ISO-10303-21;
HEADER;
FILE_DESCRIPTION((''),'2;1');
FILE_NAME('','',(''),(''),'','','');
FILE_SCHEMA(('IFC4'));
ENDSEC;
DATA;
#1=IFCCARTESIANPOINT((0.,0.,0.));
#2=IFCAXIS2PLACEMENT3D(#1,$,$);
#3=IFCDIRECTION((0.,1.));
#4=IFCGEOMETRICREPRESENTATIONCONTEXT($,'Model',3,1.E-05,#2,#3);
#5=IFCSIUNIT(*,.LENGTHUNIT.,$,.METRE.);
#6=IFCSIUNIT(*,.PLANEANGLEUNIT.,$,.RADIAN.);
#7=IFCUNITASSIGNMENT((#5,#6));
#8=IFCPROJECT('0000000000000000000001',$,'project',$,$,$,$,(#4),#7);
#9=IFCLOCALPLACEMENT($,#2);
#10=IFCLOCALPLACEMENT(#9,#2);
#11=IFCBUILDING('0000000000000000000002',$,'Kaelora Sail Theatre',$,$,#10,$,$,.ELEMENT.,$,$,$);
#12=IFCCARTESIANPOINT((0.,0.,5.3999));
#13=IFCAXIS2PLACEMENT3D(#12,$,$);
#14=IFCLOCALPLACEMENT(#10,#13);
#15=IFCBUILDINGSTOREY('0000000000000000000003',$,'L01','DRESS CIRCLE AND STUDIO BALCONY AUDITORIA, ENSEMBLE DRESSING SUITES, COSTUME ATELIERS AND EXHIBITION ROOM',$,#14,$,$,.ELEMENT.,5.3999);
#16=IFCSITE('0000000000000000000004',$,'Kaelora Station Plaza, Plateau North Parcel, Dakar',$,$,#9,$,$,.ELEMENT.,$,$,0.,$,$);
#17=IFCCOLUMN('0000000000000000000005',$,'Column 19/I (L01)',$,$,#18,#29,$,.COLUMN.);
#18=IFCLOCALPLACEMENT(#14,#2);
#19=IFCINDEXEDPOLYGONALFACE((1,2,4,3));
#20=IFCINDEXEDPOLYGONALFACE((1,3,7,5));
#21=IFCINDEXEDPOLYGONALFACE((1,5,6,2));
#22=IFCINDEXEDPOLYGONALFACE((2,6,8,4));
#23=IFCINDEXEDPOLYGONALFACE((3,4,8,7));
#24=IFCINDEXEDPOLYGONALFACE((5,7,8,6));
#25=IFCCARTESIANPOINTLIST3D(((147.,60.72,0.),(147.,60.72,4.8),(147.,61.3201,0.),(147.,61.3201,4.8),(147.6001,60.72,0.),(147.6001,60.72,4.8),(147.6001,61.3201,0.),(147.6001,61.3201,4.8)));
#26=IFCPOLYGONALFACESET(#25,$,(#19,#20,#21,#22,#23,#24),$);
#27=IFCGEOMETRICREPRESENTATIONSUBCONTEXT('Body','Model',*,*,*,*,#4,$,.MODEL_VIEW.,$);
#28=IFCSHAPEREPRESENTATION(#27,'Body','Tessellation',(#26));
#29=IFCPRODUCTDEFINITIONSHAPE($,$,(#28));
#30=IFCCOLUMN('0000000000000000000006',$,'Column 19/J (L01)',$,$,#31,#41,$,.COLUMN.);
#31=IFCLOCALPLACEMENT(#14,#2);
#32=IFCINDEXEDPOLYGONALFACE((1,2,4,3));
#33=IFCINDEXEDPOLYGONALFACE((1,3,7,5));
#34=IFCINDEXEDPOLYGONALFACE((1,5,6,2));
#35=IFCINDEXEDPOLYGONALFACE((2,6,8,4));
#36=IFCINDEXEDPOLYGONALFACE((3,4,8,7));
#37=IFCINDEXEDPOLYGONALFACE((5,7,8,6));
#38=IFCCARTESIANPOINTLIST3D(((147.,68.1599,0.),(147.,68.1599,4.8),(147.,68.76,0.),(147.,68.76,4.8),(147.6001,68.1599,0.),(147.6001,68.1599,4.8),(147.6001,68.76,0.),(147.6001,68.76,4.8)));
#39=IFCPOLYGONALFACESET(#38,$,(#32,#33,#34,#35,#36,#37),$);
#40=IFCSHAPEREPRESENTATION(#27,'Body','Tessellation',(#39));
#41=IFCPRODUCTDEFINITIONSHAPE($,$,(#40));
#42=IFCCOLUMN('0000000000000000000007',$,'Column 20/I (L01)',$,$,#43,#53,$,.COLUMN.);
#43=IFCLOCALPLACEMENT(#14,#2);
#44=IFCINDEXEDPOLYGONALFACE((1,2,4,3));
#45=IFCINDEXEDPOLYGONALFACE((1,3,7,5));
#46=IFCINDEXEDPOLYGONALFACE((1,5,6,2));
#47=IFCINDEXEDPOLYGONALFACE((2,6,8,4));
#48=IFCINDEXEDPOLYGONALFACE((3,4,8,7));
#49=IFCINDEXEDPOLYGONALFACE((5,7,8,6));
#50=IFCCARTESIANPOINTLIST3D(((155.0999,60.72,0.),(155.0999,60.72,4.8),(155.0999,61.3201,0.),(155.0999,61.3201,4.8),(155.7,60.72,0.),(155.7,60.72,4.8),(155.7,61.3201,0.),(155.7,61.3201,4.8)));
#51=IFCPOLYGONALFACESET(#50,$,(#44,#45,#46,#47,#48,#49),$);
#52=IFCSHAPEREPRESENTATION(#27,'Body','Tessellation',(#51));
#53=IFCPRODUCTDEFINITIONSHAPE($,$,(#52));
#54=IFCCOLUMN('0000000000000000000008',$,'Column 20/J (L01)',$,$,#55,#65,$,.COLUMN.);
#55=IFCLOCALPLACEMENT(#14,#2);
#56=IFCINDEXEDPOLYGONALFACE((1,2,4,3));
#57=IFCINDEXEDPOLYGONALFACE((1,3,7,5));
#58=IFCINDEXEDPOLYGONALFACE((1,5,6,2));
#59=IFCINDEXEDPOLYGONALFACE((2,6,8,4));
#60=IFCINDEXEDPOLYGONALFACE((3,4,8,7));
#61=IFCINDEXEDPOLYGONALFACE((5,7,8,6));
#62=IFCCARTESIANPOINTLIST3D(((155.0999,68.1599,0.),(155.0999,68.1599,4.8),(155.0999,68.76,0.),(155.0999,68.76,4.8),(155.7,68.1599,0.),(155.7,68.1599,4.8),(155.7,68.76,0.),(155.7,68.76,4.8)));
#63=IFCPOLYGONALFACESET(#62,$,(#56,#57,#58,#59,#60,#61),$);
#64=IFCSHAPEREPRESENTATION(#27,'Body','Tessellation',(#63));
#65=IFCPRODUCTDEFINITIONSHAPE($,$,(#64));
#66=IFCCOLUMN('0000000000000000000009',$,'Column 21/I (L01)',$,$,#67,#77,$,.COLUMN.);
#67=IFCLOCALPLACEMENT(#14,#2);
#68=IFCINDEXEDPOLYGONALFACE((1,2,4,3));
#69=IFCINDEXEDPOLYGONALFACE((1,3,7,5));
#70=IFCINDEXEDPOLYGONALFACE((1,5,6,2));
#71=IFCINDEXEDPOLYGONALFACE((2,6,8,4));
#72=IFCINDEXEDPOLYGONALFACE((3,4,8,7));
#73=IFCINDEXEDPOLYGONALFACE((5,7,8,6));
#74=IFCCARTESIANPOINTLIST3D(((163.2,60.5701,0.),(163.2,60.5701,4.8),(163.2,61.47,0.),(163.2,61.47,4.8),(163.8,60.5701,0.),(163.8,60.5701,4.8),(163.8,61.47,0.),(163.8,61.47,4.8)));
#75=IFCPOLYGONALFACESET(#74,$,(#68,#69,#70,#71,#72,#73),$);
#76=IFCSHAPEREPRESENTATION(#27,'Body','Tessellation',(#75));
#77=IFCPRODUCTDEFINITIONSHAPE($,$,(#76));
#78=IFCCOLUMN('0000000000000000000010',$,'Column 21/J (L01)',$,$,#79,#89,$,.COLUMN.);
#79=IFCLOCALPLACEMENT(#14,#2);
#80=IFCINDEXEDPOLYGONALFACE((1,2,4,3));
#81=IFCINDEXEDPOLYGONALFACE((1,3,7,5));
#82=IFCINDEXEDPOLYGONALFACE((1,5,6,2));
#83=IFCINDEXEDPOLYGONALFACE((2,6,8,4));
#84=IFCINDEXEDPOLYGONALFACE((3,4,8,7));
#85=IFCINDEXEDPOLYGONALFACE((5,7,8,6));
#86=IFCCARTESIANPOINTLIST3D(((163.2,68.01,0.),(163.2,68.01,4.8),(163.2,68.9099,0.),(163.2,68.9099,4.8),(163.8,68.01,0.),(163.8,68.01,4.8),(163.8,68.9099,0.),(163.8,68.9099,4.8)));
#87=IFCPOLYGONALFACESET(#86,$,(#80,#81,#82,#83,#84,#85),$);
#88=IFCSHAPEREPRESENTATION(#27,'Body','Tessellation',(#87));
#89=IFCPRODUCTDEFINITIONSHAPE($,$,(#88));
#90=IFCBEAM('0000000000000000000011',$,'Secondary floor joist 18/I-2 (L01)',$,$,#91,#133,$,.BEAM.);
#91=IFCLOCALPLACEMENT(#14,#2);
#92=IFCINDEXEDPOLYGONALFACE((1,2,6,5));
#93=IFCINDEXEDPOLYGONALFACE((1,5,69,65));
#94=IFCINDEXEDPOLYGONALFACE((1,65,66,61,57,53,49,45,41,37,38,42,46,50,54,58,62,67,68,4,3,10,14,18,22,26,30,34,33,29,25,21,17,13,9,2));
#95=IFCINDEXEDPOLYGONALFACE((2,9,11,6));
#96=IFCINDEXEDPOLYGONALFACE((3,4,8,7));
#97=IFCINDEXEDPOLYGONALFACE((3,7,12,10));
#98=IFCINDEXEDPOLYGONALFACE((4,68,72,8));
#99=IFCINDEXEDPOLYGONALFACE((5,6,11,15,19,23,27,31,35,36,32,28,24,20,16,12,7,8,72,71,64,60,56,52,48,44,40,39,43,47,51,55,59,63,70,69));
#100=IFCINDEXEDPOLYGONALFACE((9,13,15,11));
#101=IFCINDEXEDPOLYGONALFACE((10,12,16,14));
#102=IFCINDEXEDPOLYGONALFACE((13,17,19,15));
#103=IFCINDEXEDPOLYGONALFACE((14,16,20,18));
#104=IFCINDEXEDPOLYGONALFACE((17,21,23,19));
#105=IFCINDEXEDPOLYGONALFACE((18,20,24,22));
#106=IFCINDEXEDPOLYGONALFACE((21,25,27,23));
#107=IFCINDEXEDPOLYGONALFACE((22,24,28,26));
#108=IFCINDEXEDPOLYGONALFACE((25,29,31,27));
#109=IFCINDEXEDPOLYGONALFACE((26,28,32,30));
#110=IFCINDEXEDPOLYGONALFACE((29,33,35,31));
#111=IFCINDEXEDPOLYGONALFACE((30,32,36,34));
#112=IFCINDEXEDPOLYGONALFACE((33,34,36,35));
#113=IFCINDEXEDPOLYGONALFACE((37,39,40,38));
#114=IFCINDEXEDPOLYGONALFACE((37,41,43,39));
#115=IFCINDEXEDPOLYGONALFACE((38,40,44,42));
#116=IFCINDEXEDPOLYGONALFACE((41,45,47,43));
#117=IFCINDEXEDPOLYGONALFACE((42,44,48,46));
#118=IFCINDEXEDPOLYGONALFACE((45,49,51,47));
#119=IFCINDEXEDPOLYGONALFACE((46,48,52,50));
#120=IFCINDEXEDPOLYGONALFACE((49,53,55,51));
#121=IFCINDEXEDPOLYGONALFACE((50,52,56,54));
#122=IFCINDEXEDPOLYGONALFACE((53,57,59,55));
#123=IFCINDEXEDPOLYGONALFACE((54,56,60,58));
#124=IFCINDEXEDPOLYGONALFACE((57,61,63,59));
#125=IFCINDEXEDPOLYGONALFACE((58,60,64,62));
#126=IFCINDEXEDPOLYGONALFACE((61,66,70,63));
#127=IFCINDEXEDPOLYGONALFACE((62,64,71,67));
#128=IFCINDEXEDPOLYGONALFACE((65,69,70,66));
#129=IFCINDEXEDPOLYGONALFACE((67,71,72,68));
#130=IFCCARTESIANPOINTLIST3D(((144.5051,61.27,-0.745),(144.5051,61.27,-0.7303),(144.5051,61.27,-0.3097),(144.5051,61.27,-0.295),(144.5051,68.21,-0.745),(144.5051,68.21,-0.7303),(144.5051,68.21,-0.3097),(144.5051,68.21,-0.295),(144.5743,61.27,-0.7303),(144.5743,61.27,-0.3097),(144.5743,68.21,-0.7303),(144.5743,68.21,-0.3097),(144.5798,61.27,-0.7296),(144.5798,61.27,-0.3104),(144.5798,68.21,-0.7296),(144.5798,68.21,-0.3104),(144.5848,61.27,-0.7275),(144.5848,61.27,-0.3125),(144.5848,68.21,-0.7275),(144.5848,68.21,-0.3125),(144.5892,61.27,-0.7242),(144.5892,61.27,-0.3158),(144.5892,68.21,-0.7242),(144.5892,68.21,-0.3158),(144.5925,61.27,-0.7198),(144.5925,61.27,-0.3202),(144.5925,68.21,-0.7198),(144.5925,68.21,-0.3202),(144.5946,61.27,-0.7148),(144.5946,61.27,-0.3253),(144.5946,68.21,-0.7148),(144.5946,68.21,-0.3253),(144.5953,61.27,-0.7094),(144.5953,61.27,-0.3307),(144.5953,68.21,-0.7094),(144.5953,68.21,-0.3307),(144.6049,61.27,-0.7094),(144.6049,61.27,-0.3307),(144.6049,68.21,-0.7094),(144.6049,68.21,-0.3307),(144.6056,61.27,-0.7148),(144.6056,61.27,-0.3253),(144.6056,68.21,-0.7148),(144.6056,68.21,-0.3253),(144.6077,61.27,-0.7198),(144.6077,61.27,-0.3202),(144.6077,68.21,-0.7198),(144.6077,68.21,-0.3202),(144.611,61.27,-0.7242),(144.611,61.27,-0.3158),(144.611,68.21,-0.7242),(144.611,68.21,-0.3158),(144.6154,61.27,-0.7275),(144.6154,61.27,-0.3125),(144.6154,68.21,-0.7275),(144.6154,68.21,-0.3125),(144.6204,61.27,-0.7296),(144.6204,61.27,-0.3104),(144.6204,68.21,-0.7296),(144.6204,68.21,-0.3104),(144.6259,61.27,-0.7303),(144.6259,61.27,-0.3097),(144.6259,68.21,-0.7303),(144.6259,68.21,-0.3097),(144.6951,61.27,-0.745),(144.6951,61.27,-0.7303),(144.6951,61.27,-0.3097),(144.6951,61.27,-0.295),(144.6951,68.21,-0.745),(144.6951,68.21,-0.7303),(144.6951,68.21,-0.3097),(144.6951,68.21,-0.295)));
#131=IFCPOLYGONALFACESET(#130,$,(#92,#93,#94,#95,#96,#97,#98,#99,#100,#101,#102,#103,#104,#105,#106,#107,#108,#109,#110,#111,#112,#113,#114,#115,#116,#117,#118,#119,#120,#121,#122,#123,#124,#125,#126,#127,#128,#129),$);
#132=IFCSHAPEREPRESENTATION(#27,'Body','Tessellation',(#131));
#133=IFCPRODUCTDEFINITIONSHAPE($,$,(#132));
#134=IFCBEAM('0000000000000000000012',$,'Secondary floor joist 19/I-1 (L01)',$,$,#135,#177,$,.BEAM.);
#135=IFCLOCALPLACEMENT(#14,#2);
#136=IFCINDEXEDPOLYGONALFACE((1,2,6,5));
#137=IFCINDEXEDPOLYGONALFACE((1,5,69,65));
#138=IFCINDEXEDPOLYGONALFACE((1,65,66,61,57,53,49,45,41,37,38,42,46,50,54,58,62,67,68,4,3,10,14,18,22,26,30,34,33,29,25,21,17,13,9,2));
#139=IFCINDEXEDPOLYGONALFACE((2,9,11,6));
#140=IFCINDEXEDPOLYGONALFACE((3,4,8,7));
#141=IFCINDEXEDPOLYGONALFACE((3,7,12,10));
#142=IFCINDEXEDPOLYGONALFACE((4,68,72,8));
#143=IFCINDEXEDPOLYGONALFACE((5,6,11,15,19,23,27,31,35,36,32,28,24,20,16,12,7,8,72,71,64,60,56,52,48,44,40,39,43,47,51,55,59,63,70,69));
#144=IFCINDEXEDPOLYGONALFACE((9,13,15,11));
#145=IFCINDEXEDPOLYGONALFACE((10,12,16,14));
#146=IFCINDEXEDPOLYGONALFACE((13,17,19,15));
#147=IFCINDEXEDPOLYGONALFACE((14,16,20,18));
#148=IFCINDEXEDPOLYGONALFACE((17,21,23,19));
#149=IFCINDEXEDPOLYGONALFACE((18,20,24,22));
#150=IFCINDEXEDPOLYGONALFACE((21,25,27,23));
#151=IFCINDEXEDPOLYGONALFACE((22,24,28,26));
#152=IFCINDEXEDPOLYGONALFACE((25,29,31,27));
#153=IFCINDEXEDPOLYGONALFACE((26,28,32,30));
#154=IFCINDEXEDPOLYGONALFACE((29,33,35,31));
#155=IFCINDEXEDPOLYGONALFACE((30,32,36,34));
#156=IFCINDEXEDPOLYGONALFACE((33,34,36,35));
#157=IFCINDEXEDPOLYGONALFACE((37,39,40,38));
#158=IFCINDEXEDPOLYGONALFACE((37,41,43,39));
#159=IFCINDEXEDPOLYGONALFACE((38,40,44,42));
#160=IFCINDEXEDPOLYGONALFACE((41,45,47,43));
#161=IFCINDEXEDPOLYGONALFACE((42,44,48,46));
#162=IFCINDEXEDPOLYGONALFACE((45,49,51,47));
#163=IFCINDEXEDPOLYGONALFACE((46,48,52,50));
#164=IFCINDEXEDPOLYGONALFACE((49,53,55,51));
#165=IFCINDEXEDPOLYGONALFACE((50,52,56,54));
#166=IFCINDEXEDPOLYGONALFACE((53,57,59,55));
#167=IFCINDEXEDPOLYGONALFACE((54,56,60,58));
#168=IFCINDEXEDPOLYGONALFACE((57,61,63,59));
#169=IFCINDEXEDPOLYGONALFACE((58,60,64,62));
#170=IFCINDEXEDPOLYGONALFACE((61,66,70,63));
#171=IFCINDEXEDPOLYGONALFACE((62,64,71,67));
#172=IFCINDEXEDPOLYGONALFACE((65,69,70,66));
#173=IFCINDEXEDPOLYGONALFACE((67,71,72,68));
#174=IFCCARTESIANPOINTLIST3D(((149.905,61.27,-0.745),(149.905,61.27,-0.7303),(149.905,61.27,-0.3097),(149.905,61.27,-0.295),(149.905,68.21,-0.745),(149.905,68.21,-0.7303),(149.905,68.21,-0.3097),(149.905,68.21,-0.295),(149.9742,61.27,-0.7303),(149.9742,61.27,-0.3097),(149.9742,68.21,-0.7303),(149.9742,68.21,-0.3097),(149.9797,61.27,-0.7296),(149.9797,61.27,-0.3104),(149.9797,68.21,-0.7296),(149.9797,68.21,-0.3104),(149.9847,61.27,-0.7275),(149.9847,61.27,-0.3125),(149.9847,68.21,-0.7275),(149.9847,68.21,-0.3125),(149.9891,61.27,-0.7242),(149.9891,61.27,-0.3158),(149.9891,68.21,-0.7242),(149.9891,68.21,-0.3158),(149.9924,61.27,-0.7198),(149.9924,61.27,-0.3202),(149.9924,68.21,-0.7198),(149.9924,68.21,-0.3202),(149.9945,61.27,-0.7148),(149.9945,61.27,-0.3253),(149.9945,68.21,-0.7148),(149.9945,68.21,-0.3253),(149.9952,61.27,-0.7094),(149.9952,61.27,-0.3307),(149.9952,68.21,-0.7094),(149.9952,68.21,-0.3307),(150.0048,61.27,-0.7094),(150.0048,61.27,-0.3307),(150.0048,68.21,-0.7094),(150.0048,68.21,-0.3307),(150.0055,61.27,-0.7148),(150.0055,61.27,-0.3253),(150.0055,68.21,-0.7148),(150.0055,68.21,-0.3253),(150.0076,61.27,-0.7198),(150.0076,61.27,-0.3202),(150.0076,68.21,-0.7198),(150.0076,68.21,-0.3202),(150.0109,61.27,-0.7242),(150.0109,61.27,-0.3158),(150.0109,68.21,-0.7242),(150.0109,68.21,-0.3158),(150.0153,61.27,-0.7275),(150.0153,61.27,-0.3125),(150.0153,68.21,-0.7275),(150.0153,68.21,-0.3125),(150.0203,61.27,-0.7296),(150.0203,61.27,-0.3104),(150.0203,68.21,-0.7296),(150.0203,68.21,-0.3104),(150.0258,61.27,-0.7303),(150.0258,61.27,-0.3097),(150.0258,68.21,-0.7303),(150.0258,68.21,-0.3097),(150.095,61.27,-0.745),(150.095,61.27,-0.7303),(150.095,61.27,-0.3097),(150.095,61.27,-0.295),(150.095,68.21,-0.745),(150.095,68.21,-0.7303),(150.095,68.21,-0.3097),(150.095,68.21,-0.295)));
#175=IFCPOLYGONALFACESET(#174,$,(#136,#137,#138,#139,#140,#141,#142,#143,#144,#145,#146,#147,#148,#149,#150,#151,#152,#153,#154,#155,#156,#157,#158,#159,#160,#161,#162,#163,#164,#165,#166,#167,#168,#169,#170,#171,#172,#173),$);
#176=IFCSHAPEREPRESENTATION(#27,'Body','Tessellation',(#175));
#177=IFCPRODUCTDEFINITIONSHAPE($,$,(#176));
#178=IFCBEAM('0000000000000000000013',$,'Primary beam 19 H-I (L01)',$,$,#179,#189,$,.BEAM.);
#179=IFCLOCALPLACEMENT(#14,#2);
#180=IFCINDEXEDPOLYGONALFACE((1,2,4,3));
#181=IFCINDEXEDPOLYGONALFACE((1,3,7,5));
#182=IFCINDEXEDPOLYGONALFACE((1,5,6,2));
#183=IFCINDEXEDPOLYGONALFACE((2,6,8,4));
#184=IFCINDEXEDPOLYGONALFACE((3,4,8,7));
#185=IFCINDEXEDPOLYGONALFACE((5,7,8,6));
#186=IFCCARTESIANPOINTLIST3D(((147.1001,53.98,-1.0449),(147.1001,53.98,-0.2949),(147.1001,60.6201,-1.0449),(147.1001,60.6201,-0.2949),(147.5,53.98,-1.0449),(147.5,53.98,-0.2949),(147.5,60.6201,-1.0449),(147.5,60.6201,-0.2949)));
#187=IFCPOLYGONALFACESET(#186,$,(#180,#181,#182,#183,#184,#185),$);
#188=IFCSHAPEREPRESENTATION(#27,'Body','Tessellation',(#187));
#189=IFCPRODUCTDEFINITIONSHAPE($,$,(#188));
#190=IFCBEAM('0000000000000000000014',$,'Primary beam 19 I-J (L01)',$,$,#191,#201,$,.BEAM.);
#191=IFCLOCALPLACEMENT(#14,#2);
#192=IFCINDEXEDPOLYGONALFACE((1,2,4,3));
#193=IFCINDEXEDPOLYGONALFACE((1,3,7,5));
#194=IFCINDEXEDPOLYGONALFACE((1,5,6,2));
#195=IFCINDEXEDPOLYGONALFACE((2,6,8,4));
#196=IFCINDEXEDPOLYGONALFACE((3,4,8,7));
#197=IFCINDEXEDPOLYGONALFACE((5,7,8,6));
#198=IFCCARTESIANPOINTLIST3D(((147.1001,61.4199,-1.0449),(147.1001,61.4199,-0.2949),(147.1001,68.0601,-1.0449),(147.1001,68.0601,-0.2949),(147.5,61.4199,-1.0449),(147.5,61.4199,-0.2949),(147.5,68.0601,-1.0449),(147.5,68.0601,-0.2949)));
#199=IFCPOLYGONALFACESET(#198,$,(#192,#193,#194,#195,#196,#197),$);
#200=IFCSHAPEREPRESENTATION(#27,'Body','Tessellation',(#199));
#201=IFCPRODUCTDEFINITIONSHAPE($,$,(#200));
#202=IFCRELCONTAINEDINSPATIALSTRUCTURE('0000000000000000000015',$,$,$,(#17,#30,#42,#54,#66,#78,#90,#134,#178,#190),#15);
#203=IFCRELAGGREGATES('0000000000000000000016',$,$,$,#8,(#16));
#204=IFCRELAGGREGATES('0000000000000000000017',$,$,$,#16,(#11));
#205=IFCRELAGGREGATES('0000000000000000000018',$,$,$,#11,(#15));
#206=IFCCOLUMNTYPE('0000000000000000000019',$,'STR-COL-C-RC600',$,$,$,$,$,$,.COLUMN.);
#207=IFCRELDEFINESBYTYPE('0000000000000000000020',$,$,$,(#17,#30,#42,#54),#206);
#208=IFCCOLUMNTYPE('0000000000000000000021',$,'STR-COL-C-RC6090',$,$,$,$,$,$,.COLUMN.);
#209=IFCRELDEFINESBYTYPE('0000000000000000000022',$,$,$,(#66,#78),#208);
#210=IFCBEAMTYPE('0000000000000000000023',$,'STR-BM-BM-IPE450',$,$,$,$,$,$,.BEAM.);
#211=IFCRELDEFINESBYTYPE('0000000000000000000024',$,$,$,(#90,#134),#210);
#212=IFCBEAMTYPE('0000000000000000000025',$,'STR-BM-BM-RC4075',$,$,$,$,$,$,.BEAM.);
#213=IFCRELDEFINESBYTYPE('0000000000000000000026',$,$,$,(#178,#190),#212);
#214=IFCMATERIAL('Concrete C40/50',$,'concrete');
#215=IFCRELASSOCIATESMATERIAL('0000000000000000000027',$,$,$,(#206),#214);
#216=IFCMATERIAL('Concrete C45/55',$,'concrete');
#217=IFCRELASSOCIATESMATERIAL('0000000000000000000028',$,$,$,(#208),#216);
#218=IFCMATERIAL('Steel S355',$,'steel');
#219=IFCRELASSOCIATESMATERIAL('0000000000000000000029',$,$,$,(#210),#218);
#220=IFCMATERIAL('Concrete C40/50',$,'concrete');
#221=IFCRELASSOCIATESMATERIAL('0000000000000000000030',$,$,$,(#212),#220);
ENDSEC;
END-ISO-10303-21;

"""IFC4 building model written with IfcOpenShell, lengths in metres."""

from ifc_helpers import new_model, si_unit, direction, frame, origin, origin_2d, place, context, subcontext, project, spatial, rectangle, i_section, extrude, material, material_profile, profile_set, type_object, element, save


model = new_model("IFC4")

# Units and contexts
model_context = context("Model", 3, precision=1e-05, world=origin(), true_north=direction((0.0, 1.0)))
body_context = subcontext(model_context, "Body", "Model", "MODEL_VIEW")
ifc_project = project(units=[si_unit("LENGTHUNIT", "METRE"), si_unit("PLANEANGLEUNIT", "RADIAN")], contexts=[model_context])

# Site, building, storey
site_placement = place(None, origin())
site = spatial("IfcSite", under=ifc_project, at=site_placement, Name="Kaelora Station Plaza, Plateau North Parcel, Dakar", CompositionType="ELEMENT", RefElevation=0.0)
building_placement = place(site_placement, origin())
building = spatial("IfcBuilding", under=site, at=building_placement, Name="Kaelora Sail Theatre", CompositionType="ELEMENT")
storey_placement = place(building_placement, frame((0.0, 0.0, 5.3999)))
storey = spatial("IfcBuildingStorey", under=building, at=storey_placement, Name="L01", Description="DRESS CIRCLE AND STUDIO BALCONY AUDITORIA, ENSEMBLE DRESSING SUITES, COSTUME ATELIERS AND EXHIBITION ROOM", CompositionType="ELEMENT", Elevation=5.3999)

# Columns
ifc_material_1 = material(Name="Concrete C40/50", Category="concrete")
ifc_material_profile_1 = material_profile(ifc_material_1, rectangle(XDim=0.6001, YDim=0.6001, at=origin_2d()), Name="RC-COL 600x600")
ifc_profile_set_1 = profile_set([ifc_material_profile_1], Name="Concrete C40/50")
column_type_1 = type_object("IfcColumnType", Name="STR-COL-C-RC600", PredefinedType="COLUMN", material=ifc_profile_set_1)
for number, where, z_axis, x_axis, name in (
    (1, (147.3, 61.02, 0.0), (0.0, 0.0, 1.0), (1.0, 0.0, 0.0), "Column 19/I (L01)"),
    (2, (147.3, 68.46, 0.0), (0.0, 0.0, 1.0), (1.0, 0.0, 0.0), "Column 19/J (L01)"),
    (3, (155.3999, 61.02, 0.0), (0.0, 0.0, 1.0), (1.0, 0.0, 0.0), "Column 20/I (L01)"),
    (4, (155.3999, 68.46, 0.0), (0.0, 0.0, 1.0), (1.0, 0.0, 0.0), "Column 20/J (L01)"),
):
    element("IfcColumn", number, at=place(storey_placement, frame(where, z_axis=z_axis, x_axis=x_axis)), inside=storey, type_object=column_type_1, Name=name, PredefinedType="COLUMN", context=body_context, shape_type="SweptSolid", body=[
        extrude(rectangle(XDim=0.6001, YDim=0.6001, at=origin_2d()), origin(), (0.0, 0.0, 1.0), 4.8),
    ])
ifc_material_2 = material(Name="Concrete C45/55", Category="concrete")
ifc_material_profile_2 = material_profile(ifc_material_2, rectangle(XDim=0.6001, YDim=0.8999, at=origin_2d()), Name="RC-COL 600x900")
ifc_profile_set_2 = profile_set([ifc_material_profile_2], Name="Concrete C45/55")
column_type_2 = type_object("IfcColumnType", Name="STR-COL-C-RC6090", PredefinedType="COLUMN", material=ifc_profile_set_2)
for number, where, z_axis, x_axis, name in (
    (5, (163.5, 61.02, 0.0), (0.0, 0.0, 1.0), (1.0, 0.0, 0.0), "Column 21/I (L01)"),
    (6, (163.5, 68.46, 0.0), (0.0, 0.0, 1.0), (1.0, 0.0, 0.0), "Column 21/J (L01)"),
):
    element("IfcColumn", number, at=place(storey_placement, frame(where, z_axis=z_axis, x_axis=x_axis)), inside=storey, type_object=column_type_2, Name=name, PredefinedType="COLUMN", context=body_context, shape_type="SweptSolid", body=[
        extrude(rectangle(XDim=0.6001, YDim=0.8999, at=origin_2d()), origin(), (0.0, 0.0, 1.0), 4.8),
    ])

# Beams
ifc_material_3 = material(Name="Steel S355", Category="steel")
ifc_material_profile_3 = material_profile(ifc_material_3, i_section(OverallWidth=0.1899, OverallDepth=0.45, WebThickness=0.0095, FlangeThickness=0.0146, FilletRadius=0.021, at=origin_2d()), Name="IPE 450")
ifc_profile_set_3 = profile_set([ifc_material_profile_3], Name="Steel S355")
beam_type_1 = type_object("IfcBeamType", Name="STR-BM-BM-IPE450", PredefinedType="BEAM", material=ifc_profile_set_3)
for number, where, z_axis, x_axis, name in (
    (7, (144.6001, 61.27, -0.52), (0.0, 1.0, 0.0), (-1.0, 0.0, 0.0), "Secondary floor joist 18/I-2 (L01)"),
    (8, (150.0, 61.27, -0.52), (0.0, 1.0, 0.0), (-1.0, 0.0, 0.0), "Secondary floor joist 19/I-1 (L01)"),
):
    element("IfcBeam", number, at=place(storey_placement, frame(where, z_axis=z_axis, x_axis=x_axis)), inside=storey, type_object=beam_type_1, Name=name, PredefinedType="BEAM", context=body_context, shape_type="SweptSolid", body=[
        extrude(i_section(OverallWidth=0.1899, OverallDepth=0.45, WebThickness=0.0095, FlangeThickness=0.0146, FilletRadius=0.021, at=origin_2d()), origin(), (0.0, 0.0, 1.0), 6.9399),
    ])
ifc_material_4 = material(Name="Concrete C40/50", Category="concrete")
ifc_material_profile_4 = material_profile(ifc_material_4, rectangle(XDim=0.3999, YDim=0.75, at=origin_2d()), Name="RC-BM 400x750")
ifc_profile_set_4 = profile_set([ifc_material_profile_4], Name="Concrete C40/50")
beam_type_2 = type_object("IfcBeamType", Name="STR-BM-BM-RC4075", PredefinedType="BEAM", material=ifc_profile_set_4)
for number, where, z_axis, x_axis, name in (
    (9, (147.3, 53.98, -0.6699), (0.0, 1.0, 0.0), (-1.0, 0.0, 0.0), "Primary beam 19 H-I (L01)"),
    (10, (147.3, 61.4199, -0.6699), (0.0, 1.0, 0.0), (-1.0, 0.0, 0.0), "Primary beam 19 I-J (L01)"),
):
    element("IfcBeam", number, at=place(storey_placement, frame(where, z_axis=z_axis, x_axis=x_axis)), inside=storey, type_object=beam_type_2, Name=name, PredefinedType="BEAM", context=body_context, shape_type="SweptSolid", body=[
        extrude(rectangle(XDim=0.3999, YDim=0.75, at=origin_2d()), origin(), (0.0, 0.0, 1.0), 6.6401),
    ])

save(model, "model.ifc")
